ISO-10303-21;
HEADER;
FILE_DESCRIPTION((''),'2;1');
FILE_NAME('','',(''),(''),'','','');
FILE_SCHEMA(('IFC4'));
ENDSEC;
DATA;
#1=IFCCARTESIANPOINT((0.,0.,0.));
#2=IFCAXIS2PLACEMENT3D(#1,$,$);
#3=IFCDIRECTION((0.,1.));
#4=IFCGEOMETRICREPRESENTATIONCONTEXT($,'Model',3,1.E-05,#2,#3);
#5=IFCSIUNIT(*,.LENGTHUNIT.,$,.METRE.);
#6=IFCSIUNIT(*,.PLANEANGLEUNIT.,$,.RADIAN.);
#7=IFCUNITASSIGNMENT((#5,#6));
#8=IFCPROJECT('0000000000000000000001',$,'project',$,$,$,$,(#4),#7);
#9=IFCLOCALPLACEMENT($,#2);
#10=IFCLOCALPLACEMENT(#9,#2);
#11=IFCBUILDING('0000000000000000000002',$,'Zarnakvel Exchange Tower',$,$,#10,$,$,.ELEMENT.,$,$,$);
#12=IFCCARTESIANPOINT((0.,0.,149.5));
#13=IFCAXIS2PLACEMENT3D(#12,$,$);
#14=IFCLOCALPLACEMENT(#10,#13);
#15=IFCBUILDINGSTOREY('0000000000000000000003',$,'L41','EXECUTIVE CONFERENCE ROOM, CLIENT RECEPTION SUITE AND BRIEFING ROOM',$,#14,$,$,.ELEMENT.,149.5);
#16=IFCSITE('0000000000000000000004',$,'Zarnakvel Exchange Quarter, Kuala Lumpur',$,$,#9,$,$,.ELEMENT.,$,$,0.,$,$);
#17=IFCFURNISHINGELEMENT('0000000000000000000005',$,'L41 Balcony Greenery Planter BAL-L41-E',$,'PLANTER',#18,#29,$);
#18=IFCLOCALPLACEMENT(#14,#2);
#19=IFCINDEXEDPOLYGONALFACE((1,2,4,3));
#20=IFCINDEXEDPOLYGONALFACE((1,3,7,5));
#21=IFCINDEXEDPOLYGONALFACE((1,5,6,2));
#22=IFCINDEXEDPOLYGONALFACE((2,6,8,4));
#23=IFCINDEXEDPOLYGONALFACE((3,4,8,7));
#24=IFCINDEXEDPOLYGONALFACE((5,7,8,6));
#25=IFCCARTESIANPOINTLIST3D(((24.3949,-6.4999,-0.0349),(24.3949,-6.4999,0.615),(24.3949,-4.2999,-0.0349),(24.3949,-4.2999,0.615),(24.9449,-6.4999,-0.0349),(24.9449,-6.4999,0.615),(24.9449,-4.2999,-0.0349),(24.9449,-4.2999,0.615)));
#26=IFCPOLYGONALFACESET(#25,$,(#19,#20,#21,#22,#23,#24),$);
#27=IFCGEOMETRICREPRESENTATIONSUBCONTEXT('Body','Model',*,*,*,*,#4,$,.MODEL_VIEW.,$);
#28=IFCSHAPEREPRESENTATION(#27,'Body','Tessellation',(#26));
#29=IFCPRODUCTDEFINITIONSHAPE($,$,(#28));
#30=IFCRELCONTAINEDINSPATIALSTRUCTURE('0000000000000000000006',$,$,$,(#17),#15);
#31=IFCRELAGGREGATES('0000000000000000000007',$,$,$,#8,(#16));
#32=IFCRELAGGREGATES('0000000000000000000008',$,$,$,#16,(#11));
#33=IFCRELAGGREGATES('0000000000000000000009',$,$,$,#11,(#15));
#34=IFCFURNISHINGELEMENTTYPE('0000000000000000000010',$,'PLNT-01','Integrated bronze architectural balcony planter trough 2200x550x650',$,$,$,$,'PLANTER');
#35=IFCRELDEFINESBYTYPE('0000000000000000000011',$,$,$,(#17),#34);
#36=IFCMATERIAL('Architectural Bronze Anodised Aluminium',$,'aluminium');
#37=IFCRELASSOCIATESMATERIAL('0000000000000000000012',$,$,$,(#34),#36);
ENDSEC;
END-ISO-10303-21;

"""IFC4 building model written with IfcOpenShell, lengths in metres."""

from ifc_helpers import new_model, si_unit, direction, frame, origin, origin_2d, place, context, subcontext, project, spatial, rectangle, extrude, source, transform, mapped, material, type_object, element, save


model = new_model("IFC4")

# Units and contexts
model_context = context("Model", 3, precision=1e-05, world=origin(), true_north=direction((0.0, 1.0)))
body_context = subcontext(model_context, "Body", "Model", "MODEL_VIEW")
ifc_project = project(units=[si_unit("LENGTHUNIT", "METRE"), si_unit("PLANEANGLEUNIT", "RADIAN")], contexts=[model_context])

# Site, building, storey
site_placement = place(None, origin())
site = spatial("IfcSite", under=ifc_project, at=site_placement, Name="Zarnakvel Exchange Quarter, Kuala Lumpur", CompositionType="ELEMENT", RefElevation=0.0)
building_placement = place(site_placement, origin())
building = spatial("IfcBuilding", under=site, at=building_placement, Name="Zarnakvel Exchange Tower", CompositionType="ELEMENT")
storey_placement = place(building_placement, frame((0.0, 0.0, 149.5)))
storey = spatial("IfcBuildingStorey", under=building, at=storey_placement, Name="L41", Description="EXECUTIVE CONFERENCE ROOM, CLIENT RECEPTION SUITE AND BRIEFING ROOM", CompositionType="ELEMENT", Elevation=149.5)

# Shared definitions
ifc_material_1 = material(Name="Architectural Bronze Anodised Aluminium", Category="aluminium")

# Furnishing element
furnishing_element_type = type_object("IfcFurnishingElementType", Name="PLNT-01", Description="Integrated bronze architectural balcony planter trough 2200x550x650", ElementType="PLANTER", material=ifc_material_1)
shared_shape_1 = source(origin(), body_context, "Body", "SweptSolid", [
    extrude(rectangle(XDim=2.2, YDim=0.55, at=origin_2d()), origin(), (0.0, 0.0, 1.0), 0.6499),
])
furnishing_placement = place(storey_placement, frame((24.6699, -5.3999, -0.0349), z_axis=(0.0, 0.0, 1.0), x_axis=(0.0, 1.0, 0.0)))
element("IfcFurnishingElement", 1, at=furnishing_placement, inside=storey, type_object=furnishing_element_type, Name="L41 Balcony Greenery Planter BAL-L41-E", ObjectType="PLANTER", context=body_context, shape_type="MappedRepresentation", body=[
    mapped(shared_shape_1, transform((0.0, 0.0, 0.0), x_axis=(1.0, 0.0, 0.0), y_axis=(0.0, 1.0, 0.0), z_axis=(0.0, 0.0, 1.0), scale=1.0)),
])

save(model, "model.ifc")
